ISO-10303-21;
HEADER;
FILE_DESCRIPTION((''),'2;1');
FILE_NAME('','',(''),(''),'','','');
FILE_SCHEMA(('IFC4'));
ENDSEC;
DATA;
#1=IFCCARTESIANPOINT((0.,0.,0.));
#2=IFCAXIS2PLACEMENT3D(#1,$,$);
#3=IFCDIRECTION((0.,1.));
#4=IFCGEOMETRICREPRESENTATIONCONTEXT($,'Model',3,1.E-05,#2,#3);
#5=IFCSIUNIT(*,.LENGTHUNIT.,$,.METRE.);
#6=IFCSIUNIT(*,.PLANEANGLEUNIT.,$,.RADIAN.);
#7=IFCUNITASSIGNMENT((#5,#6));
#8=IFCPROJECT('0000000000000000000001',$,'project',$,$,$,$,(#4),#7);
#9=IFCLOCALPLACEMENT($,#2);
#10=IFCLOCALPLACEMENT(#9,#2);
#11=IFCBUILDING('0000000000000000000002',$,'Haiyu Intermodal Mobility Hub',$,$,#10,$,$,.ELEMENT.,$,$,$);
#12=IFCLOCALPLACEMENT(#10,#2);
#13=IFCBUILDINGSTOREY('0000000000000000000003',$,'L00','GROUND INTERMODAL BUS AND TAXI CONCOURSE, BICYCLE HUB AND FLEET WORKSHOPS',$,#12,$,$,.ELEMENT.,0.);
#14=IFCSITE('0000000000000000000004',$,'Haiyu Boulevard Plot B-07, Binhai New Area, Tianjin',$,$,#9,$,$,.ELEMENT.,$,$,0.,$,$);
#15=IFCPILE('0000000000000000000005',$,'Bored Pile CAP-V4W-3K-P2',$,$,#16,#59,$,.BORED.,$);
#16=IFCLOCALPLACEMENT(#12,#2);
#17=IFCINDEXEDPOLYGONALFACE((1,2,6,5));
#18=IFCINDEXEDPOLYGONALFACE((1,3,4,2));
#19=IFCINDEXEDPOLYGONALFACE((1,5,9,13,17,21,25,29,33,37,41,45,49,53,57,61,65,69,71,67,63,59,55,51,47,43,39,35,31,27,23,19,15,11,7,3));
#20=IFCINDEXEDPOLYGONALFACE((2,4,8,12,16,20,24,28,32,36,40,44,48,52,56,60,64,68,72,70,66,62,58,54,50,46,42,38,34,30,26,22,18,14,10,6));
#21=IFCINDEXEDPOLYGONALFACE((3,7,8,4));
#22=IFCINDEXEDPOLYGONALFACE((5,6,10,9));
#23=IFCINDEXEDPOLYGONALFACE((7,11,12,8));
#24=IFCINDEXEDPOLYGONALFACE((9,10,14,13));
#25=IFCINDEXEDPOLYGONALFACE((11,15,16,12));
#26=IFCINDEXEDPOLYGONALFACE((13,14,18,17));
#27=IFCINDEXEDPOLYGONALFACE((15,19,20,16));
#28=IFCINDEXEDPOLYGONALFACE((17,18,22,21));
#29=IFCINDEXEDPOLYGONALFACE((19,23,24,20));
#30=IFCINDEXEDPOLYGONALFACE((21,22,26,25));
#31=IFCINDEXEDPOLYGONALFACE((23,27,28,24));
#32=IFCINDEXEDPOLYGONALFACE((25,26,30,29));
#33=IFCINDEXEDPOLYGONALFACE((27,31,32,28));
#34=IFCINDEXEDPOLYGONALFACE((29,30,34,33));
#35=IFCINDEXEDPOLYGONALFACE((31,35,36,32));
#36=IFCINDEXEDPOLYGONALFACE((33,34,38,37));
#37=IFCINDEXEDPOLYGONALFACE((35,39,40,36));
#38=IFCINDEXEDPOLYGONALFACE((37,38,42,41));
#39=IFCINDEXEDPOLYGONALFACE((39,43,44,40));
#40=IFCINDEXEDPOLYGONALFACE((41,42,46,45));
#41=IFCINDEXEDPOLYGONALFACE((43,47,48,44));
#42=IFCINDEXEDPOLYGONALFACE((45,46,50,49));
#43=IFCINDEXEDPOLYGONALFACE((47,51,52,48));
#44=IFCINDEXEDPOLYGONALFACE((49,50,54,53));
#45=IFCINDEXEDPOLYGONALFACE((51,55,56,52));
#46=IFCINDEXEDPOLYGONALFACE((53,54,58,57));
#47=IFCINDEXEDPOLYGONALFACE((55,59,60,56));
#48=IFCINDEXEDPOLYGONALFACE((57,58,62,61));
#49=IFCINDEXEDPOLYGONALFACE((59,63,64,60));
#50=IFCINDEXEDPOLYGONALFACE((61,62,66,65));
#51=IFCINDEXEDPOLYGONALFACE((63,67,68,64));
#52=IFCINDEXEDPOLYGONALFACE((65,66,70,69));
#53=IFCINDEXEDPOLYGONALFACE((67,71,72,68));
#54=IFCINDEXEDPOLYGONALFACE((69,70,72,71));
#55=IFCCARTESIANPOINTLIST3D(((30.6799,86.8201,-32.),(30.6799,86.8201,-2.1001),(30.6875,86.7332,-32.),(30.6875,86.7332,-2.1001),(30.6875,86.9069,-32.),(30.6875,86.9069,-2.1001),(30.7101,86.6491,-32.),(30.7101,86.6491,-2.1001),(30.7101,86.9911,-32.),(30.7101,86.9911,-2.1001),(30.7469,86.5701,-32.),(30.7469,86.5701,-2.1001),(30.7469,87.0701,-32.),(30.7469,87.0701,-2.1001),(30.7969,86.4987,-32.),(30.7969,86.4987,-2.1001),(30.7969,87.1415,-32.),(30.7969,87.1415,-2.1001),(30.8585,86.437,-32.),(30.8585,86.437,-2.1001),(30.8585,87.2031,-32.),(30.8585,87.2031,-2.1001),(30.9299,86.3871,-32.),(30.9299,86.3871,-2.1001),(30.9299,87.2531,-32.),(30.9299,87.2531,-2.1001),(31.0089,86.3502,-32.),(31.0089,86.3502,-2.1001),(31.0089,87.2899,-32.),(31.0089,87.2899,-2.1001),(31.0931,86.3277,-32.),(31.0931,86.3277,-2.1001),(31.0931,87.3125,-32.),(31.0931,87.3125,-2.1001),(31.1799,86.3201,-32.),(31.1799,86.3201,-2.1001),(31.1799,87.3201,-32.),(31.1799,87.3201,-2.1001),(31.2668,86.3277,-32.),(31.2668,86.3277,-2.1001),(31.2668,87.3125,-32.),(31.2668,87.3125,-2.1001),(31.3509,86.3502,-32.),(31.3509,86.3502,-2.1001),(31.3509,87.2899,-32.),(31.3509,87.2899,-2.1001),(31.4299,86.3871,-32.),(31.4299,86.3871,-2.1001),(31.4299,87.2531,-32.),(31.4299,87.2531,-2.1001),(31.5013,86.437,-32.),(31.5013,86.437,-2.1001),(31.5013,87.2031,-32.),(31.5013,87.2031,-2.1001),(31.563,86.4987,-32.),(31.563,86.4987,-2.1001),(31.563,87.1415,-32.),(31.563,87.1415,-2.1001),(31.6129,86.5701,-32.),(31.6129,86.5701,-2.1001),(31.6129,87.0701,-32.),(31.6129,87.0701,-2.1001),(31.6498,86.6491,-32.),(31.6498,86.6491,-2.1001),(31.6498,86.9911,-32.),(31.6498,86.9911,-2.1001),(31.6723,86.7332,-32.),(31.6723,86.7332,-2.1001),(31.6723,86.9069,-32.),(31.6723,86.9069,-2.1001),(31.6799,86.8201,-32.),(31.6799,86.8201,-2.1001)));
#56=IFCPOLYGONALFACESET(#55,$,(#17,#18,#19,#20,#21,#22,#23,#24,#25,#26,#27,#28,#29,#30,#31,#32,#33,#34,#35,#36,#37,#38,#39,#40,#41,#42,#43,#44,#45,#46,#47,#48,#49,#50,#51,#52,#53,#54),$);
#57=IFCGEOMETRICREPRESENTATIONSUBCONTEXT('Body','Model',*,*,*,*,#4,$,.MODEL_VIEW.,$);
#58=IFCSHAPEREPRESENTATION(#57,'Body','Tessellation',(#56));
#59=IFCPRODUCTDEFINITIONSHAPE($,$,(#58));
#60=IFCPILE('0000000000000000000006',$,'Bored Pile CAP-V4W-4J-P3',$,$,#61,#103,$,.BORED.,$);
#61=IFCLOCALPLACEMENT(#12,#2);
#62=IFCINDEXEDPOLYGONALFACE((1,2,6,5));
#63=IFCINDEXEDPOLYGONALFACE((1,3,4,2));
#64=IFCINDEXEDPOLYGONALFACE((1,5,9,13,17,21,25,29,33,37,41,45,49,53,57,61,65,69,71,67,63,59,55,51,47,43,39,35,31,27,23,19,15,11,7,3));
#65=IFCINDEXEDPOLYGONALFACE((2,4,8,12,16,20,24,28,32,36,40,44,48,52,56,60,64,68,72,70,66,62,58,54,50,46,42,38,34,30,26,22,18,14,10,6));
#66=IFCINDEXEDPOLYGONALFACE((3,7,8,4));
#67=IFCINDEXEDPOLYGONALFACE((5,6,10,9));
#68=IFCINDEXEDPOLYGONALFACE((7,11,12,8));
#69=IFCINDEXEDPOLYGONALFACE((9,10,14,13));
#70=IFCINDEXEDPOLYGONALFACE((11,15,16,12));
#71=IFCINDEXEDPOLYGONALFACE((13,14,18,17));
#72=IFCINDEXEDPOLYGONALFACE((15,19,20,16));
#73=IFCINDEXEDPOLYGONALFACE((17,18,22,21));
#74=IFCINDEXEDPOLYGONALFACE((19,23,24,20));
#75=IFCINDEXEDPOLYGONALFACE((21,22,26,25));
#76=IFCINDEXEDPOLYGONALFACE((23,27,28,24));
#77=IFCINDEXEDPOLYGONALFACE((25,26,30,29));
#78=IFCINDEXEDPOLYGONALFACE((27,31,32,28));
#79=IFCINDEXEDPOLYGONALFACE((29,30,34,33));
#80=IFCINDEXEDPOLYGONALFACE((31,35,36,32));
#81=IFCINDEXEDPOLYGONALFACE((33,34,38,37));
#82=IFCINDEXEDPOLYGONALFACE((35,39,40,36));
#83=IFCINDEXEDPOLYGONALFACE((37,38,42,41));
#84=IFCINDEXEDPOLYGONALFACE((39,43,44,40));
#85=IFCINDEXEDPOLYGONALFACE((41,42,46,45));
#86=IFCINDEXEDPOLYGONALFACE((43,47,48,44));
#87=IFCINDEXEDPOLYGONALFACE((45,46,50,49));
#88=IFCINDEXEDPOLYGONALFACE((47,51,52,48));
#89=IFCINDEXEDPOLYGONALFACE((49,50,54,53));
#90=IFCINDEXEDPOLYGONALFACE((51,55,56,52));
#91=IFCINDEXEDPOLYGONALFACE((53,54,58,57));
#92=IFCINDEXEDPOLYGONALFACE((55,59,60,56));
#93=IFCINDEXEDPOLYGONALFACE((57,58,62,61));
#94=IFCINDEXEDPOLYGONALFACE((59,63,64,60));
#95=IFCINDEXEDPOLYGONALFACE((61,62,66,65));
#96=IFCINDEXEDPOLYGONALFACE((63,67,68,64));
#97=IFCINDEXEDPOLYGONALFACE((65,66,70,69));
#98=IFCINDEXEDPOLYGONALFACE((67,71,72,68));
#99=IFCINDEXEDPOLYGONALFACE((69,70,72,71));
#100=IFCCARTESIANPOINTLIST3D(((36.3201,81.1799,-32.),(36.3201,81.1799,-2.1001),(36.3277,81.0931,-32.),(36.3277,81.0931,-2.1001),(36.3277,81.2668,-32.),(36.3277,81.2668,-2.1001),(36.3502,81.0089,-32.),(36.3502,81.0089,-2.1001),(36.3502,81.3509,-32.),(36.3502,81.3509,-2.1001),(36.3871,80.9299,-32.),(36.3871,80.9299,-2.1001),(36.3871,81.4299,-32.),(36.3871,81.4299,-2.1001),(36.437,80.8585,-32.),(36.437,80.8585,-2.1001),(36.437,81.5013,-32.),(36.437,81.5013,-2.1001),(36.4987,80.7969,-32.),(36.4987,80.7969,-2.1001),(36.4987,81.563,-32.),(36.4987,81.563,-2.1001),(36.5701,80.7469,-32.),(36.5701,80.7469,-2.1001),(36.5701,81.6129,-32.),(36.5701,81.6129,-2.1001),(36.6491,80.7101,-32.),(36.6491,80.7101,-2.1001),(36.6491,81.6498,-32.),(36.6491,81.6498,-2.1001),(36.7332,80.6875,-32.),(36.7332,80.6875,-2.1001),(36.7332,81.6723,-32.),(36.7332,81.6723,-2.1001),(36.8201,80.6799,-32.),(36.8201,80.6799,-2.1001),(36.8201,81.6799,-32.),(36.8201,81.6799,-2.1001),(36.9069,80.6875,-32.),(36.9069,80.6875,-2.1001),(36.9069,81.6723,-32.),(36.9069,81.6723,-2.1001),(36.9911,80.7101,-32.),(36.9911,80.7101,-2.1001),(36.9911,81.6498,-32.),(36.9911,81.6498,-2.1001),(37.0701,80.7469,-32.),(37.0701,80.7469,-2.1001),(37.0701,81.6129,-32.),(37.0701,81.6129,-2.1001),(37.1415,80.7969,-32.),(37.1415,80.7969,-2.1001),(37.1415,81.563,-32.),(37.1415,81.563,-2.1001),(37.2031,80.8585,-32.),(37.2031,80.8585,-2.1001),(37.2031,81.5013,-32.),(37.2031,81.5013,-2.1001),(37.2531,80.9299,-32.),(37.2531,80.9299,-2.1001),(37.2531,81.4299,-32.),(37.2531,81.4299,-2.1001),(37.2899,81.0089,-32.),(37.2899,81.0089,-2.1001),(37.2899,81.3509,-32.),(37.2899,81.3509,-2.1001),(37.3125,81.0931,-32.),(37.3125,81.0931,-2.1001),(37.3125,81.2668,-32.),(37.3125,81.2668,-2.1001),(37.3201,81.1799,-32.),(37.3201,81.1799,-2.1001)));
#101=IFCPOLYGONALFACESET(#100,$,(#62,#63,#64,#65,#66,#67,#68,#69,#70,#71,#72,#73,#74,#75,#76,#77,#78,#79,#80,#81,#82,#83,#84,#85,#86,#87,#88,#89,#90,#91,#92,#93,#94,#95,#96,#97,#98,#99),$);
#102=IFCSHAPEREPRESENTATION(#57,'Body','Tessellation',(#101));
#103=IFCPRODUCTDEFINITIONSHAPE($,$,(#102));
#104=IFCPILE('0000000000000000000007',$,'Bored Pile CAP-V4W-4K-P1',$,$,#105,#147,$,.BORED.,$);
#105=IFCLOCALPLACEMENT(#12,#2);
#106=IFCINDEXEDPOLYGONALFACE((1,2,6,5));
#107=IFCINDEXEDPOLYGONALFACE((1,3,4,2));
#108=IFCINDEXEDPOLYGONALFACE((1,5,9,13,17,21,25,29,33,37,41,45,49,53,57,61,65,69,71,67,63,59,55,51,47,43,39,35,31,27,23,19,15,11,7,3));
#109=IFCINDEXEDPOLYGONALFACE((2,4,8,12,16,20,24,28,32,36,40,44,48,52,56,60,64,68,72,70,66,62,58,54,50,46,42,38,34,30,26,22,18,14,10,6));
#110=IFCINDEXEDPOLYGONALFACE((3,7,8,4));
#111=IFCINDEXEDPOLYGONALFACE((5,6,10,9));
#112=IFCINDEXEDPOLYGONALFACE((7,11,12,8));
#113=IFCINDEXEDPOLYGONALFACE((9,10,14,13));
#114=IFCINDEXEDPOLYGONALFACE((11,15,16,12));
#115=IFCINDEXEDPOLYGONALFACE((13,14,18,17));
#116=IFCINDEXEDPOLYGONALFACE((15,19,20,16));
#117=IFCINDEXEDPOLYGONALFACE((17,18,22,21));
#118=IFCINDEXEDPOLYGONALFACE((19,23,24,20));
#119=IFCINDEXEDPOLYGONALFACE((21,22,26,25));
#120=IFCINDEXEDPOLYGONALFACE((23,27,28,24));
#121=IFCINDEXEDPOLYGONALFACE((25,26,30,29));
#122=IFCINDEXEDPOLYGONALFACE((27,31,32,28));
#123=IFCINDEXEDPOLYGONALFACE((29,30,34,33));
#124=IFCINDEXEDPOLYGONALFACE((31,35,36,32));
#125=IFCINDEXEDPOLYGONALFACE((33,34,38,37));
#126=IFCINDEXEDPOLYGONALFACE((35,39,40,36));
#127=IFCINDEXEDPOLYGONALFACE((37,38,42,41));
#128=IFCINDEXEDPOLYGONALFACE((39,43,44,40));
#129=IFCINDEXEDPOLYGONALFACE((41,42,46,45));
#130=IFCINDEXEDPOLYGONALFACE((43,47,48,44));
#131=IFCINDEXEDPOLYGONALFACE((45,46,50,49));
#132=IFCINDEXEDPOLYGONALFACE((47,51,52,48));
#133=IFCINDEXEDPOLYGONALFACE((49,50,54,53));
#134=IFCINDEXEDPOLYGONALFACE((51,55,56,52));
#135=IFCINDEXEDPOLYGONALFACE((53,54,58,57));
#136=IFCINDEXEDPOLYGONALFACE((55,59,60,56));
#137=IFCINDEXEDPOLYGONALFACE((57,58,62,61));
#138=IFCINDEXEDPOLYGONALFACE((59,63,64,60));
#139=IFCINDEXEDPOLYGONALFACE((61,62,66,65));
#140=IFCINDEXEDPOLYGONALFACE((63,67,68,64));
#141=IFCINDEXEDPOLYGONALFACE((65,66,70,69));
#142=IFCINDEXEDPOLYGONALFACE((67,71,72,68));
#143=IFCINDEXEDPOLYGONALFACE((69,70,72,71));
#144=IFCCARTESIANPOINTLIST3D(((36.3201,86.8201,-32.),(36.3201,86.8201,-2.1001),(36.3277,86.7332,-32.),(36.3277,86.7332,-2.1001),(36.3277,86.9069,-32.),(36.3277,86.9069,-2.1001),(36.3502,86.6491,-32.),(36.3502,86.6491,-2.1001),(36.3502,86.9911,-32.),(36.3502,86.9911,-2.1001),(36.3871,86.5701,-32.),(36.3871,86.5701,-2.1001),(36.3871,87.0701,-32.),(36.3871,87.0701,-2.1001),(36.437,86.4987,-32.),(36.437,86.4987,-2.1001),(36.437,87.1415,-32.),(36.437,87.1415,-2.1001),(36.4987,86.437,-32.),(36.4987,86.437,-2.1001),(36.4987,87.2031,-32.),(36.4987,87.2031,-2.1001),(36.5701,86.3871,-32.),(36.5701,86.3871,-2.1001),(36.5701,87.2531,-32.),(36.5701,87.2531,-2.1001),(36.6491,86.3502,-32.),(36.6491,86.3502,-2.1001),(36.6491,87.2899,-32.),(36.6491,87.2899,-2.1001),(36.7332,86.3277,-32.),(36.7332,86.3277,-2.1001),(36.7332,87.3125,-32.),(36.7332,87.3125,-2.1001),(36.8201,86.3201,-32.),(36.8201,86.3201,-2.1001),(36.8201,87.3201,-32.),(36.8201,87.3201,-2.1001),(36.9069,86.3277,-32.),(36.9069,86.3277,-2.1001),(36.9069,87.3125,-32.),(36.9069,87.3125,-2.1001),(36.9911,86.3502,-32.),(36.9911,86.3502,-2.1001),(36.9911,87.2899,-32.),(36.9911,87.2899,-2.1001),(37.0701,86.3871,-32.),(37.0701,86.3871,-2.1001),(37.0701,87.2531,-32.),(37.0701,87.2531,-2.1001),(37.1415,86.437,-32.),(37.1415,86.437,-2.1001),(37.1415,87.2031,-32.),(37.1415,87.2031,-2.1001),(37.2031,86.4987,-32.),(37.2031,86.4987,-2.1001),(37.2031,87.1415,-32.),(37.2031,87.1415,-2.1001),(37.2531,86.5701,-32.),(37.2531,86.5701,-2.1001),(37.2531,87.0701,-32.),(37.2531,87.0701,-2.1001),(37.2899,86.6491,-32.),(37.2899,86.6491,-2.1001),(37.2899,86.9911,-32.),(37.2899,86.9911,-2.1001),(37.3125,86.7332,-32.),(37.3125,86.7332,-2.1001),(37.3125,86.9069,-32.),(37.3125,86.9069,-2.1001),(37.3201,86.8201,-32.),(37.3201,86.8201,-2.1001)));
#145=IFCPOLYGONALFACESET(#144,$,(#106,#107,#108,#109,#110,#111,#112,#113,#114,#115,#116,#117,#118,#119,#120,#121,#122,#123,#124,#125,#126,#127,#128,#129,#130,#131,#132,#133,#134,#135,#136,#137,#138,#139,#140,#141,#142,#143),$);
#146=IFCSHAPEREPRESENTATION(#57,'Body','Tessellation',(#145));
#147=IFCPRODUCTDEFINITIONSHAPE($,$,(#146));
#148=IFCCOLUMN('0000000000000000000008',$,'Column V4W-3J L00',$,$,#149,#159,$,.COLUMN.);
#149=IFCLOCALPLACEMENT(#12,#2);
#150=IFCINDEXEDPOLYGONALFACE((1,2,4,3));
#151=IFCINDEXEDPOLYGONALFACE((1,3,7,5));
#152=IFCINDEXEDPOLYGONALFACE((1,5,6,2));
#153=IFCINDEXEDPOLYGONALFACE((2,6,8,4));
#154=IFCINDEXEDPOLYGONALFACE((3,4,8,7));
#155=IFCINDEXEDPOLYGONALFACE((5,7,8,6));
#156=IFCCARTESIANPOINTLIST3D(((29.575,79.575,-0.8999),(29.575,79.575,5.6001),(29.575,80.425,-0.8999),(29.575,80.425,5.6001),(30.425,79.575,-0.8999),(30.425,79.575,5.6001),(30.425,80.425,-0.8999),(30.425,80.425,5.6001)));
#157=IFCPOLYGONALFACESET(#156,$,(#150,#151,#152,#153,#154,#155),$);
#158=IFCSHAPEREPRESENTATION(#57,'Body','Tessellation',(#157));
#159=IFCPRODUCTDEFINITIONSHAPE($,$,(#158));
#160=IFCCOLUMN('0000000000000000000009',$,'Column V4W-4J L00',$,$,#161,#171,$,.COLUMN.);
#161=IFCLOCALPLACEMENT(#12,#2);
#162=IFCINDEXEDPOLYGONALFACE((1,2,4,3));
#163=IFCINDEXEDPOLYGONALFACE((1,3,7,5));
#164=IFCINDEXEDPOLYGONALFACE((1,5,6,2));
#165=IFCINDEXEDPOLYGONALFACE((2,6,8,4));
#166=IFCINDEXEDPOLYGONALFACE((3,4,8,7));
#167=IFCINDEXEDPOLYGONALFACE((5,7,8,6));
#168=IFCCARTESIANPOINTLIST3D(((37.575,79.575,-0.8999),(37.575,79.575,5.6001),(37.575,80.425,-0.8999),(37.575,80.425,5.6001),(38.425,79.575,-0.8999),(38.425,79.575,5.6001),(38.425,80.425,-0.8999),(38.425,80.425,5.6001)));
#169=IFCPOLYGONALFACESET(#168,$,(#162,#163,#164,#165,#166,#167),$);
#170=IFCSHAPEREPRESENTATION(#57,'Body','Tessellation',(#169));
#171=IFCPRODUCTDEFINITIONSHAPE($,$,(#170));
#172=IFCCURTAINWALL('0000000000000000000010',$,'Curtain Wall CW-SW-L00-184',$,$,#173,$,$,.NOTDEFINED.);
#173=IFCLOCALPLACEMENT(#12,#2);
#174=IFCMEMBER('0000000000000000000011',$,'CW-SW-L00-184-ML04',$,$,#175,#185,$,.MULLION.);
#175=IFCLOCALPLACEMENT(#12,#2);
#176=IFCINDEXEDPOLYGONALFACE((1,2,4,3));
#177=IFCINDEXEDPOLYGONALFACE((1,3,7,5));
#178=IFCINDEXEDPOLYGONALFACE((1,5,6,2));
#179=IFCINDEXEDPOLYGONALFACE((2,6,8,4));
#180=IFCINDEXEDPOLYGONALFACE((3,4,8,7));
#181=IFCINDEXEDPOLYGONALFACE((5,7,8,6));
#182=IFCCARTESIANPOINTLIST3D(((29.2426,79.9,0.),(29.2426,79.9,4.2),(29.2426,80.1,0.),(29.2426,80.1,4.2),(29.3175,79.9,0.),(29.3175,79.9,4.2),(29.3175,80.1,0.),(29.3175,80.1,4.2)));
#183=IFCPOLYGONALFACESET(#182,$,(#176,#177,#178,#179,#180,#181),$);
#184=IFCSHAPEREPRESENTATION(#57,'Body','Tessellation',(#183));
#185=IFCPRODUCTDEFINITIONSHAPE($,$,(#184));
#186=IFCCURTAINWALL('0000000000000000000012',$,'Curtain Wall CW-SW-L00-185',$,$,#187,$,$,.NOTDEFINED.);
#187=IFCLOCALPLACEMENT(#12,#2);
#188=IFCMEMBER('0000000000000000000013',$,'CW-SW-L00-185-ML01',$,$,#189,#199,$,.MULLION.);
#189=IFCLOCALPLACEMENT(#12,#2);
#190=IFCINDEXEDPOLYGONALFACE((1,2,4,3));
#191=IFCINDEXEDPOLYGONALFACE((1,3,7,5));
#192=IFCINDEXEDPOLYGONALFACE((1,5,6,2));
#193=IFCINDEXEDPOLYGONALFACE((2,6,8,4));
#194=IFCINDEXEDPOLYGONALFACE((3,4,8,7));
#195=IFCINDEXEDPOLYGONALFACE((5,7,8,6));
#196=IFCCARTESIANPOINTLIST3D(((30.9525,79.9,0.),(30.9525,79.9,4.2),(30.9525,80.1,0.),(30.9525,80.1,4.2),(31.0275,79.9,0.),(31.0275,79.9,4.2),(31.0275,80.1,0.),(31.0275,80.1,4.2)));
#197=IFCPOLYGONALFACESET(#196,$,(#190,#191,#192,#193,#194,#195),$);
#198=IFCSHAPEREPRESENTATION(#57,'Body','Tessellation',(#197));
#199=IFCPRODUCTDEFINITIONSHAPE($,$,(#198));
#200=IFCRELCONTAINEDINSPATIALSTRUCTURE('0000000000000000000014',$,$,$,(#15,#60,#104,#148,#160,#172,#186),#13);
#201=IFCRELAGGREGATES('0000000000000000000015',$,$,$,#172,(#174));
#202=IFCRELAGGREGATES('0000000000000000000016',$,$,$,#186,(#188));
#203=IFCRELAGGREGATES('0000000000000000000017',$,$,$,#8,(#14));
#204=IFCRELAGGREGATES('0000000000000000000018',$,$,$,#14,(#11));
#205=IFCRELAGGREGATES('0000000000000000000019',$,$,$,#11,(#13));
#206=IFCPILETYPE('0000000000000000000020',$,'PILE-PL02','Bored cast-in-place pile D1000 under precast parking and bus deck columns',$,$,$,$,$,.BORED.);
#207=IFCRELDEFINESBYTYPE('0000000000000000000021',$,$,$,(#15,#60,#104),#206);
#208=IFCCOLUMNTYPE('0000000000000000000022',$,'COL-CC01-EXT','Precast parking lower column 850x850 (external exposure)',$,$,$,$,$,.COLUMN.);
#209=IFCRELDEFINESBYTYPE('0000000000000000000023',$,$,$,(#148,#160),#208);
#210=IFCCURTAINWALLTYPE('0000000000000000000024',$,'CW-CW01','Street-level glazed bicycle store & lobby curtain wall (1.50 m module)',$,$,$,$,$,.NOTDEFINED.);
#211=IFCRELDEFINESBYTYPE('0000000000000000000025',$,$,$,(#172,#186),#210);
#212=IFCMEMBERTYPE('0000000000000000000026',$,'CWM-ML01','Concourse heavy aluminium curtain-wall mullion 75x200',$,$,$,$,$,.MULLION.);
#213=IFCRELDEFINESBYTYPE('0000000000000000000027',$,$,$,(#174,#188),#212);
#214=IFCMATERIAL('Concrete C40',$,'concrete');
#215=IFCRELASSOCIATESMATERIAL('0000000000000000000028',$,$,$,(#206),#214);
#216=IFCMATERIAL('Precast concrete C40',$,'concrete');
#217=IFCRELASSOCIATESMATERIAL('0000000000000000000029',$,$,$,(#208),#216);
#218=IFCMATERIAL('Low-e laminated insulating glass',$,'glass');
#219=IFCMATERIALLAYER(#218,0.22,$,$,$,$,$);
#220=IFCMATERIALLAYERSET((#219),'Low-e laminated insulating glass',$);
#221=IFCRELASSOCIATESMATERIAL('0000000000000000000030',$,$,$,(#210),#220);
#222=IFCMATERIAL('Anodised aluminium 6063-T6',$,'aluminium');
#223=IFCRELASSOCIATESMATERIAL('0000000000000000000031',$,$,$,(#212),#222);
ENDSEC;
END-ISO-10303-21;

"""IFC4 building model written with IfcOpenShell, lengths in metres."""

from ifc_helpers import new_model, si_unit, direction, frame, origin, origin_2d, place, context, subcontext, project, spatial, rectangle, circle, extrude, material, layer, layer_set, material_profile, profile_set, type_object, element, aggregate, save


model = new_model("IFC4")

# Units and contexts
model_context = context("Model", 3, precision=1e-05, world=origin(), true_north=direction((0.0, 1.0)))
body_context = subcontext(model_context, "Body", "Model", "MODEL_VIEW")
ifc_project = project(units=[si_unit("LENGTHUNIT", "METRE"), si_unit("PLANEANGLEUNIT", "RADIAN")], contexts=[model_context])

# Site, building, storey
site_placement = place(None, origin())
site = spatial("IfcSite", under=ifc_project, at=site_placement, Name="Haiyu Boulevard Plot B-07, Binhai New Area, Tianjin", CompositionType="ELEMENT", RefElevation=0.0)
building_placement = place(site_placement, origin())
building = spatial("IfcBuilding", under=site, at=building_placement, Name="Haiyu Intermodal Mobility Hub", CompositionType="ELEMENT")
storey_placement = place(building_placement, origin())
storey = spatial("IfcBuildingStorey", under=building, at=storey_placement, Name="L00", Description="GROUND INTERMODAL BUS AND TAXI CONCOURSE, BICYCLE HUB AND FLEET WORKSHOPS", CompositionType="ELEMENT", Elevation=0.0)

# Shared definitions
ifc_material_1 = material(Name="Concrete C40", Category="concrete")

# Piles
ifc_material_profile_1 = material_profile(ifc_material_1, circle(Radius=0.5, at=origin_2d()), Name="PILE-D1000")
ifc_profile_set_1 = profile_set([ifc_material_profile_1], Name="Concrete C40")
pile_type = type_object("IfcPileType", Name="PILE-PL02", Description="Bored cast-in-place pile D1000 under precast parking and bus deck columns", PredefinedType="BORED", material=ifc_profile_set_1)
for number, where, z_axis, x_axis, name in (
    (1, (31.1799, 86.8201, -2.1001), (0.0, 0.0, -1.0), (1.0, 0.0, 0.0), "Bored Pile CAP-V4W-3K-P2"),
    (2, (36.8201, 81.1799, -2.1001), (0.0, 0.0, -1.0), (1.0, 0.0, 0.0), "Bored Pile CAP-V4W-4J-P3"),
    (3, (36.8201, 86.8201, -2.1001), (0.0, 0.0, -1.0), (1.0, 0.0, 0.0), "Bored Pile CAP-V4W-4K-P1"),
):
    element("IfcPile", number, at=place(storey_placement, frame(where, z_axis=z_axis, x_axis=x_axis)), inside=storey, type_object=pile_type, Name=name, PredefinedType="BORED", context=body_context, shape_type="SweptSolid", body=[
        extrude(circle(Radius=0.5, at=origin_2d()), origin(), (0.0, 0.0, 1.0), 29.8999),
    ])

# Columns
ifc_material_2 = material(Name="Precast concrete C40", Category="concrete")
ifc_material_profile_2 = material_profile(ifc_material_2, rectangle(XDim=0.8501, YDim=0.8501, at=origin_2d()), Name="RC850x850")
ifc_profile_set_2 = profile_set([ifc_material_profile_2], Name="Precast concrete C40")
column_type = type_object("IfcColumnType", Name="COL-CC01-EXT", Description="Precast parking lower column 850x850 (external exposure)", PredefinedType="COLUMN", material=ifc_profile_set_2)
for number, where, z_axis, x_axis, name in (
    (4, (30.0, 80.0, -0.8999), (0.0, 0.0, 1.0), (1.0, 0.0, 0.0), "Column V4W-3J L00"),
    (5, (38.0, 80.0, -0.8999), (0.0, 0.0, 1.0), (1.0, 0.0, 0.0), "Column V4W-4J L00"),
):
    element("IfcColumn", number, at=place(storey_placement, frame(where, z_axis=z_axis, x_axis=x_axis)), inside=storey, type_object=column_type, Name=name, PredefinedType="COLUMN", context=body_context, shape_type="SweptSolid", body=[
        extrude(rectangle(XDim=0.8501, YDim=0.8501, at=origin_2d()), origin(), (0.0, 0.0, 1.0), 6.5),
    ])

# Curtain wall, member
ifc_material_3 = material(Name="Low-e laminated insulating glass", Category="glass")
ifc_layer_1 = layer(ifc_material_3, 0.22)
ifc_layer_set_1 = layer_set([ifc_layer_1], Name="Low-e laminated insulating glass")
curtain_wall_type = type_object("IfcCurtainWallType", Name="CW-CW01", Description="Street-level glazed bicycle store & lobby curtain wall (1.50 m module)", PredefinedType="NOTDEFINED", material=ifc_layer_set_1)
curtain_wall_1_placement = place(storey_placement, origin())
curtain_wall_1 = element("IfcCurtainWall", 6, at=curtain_wall_1_placement, inside=storey, type_object=curtain_wall_type, Name="Curtain Wall CW-SW-L00-184", PredefinedType="NOTDEFINED")
ifc_material_4 = material(Name="Anodised aluminium 6063-T6", Category="aluminium")
ifc_material_profile_3 = material_profile(ifc_material_4, rectangle(XDim=0.075, YDim=0.2, at=origin_2d()), Name="ALU75x200")
ifc_profile_set_3 = profile_set([ifc_material_profile_3], Name="Anodised aluminium 6063-T6")
member_type_1 = type_object("IfcMemberType", Name="CWM-ML01", Description="Concourse heavy aluminium curtain-wall mullion 75x200", PredefinedType="MULLION", material=ifc_profile_set_3)
member_1_placement = place(storey_placement, frame((29.28, 80.0, 0.0), z_axis=(0.0, 0.0, 1.0), x_axis=(1.0, 0.0, 0.0)))
member_1 = element("IfcMember", 7, at=member_1_placement, type_object=member_type_1, Name="CW-SW-L00-184-ML04", PredefinedType="MULLION", context=body_context, shape_type="SweptSolid", body=[
    extrude(rectangle(XDim=0.075, YDim=0.2, at=origin_2d()), origin(), (0.0, 0.0, 1.0), 4.2),
])
aggregate(curtain_wall_1, [member_1])

# Curtain wall, member
curtain_wall_2_placement = place(storey_placement, origin())
curtain_wall_2 = element("IfcCurtainWall", 8, at=curtain_wall_2_placement, inside=storey, type_object=curtain_wall_type, Name="Curtain Wall CW-SW-L00-185", PredefinedType="NOTDEFINED")
member_2_placement = place(storey_placement, frame((30.99, 80.0, 0.0), z_axis=(0.0, 0.0, 1.0), x_axis=(1.0, 0.0, 0.0)))
member_2 = element("IfcMember", 9, at=member_2_placement, type_object=member_type_1, Name="CW-SW-L00-185-ML01", PredefinedType="MULLION", context=body_context, shape_type="SweptSolid", body=[
    extrude(rectangle(XDim=0.075, YDim=0.2, at=origin_2d()), origin(), (0.0, 0.0, 1.0), 4.2),
])
aggregate(curtain_wall_2, [member_2])

save(model, "model.ifc")
